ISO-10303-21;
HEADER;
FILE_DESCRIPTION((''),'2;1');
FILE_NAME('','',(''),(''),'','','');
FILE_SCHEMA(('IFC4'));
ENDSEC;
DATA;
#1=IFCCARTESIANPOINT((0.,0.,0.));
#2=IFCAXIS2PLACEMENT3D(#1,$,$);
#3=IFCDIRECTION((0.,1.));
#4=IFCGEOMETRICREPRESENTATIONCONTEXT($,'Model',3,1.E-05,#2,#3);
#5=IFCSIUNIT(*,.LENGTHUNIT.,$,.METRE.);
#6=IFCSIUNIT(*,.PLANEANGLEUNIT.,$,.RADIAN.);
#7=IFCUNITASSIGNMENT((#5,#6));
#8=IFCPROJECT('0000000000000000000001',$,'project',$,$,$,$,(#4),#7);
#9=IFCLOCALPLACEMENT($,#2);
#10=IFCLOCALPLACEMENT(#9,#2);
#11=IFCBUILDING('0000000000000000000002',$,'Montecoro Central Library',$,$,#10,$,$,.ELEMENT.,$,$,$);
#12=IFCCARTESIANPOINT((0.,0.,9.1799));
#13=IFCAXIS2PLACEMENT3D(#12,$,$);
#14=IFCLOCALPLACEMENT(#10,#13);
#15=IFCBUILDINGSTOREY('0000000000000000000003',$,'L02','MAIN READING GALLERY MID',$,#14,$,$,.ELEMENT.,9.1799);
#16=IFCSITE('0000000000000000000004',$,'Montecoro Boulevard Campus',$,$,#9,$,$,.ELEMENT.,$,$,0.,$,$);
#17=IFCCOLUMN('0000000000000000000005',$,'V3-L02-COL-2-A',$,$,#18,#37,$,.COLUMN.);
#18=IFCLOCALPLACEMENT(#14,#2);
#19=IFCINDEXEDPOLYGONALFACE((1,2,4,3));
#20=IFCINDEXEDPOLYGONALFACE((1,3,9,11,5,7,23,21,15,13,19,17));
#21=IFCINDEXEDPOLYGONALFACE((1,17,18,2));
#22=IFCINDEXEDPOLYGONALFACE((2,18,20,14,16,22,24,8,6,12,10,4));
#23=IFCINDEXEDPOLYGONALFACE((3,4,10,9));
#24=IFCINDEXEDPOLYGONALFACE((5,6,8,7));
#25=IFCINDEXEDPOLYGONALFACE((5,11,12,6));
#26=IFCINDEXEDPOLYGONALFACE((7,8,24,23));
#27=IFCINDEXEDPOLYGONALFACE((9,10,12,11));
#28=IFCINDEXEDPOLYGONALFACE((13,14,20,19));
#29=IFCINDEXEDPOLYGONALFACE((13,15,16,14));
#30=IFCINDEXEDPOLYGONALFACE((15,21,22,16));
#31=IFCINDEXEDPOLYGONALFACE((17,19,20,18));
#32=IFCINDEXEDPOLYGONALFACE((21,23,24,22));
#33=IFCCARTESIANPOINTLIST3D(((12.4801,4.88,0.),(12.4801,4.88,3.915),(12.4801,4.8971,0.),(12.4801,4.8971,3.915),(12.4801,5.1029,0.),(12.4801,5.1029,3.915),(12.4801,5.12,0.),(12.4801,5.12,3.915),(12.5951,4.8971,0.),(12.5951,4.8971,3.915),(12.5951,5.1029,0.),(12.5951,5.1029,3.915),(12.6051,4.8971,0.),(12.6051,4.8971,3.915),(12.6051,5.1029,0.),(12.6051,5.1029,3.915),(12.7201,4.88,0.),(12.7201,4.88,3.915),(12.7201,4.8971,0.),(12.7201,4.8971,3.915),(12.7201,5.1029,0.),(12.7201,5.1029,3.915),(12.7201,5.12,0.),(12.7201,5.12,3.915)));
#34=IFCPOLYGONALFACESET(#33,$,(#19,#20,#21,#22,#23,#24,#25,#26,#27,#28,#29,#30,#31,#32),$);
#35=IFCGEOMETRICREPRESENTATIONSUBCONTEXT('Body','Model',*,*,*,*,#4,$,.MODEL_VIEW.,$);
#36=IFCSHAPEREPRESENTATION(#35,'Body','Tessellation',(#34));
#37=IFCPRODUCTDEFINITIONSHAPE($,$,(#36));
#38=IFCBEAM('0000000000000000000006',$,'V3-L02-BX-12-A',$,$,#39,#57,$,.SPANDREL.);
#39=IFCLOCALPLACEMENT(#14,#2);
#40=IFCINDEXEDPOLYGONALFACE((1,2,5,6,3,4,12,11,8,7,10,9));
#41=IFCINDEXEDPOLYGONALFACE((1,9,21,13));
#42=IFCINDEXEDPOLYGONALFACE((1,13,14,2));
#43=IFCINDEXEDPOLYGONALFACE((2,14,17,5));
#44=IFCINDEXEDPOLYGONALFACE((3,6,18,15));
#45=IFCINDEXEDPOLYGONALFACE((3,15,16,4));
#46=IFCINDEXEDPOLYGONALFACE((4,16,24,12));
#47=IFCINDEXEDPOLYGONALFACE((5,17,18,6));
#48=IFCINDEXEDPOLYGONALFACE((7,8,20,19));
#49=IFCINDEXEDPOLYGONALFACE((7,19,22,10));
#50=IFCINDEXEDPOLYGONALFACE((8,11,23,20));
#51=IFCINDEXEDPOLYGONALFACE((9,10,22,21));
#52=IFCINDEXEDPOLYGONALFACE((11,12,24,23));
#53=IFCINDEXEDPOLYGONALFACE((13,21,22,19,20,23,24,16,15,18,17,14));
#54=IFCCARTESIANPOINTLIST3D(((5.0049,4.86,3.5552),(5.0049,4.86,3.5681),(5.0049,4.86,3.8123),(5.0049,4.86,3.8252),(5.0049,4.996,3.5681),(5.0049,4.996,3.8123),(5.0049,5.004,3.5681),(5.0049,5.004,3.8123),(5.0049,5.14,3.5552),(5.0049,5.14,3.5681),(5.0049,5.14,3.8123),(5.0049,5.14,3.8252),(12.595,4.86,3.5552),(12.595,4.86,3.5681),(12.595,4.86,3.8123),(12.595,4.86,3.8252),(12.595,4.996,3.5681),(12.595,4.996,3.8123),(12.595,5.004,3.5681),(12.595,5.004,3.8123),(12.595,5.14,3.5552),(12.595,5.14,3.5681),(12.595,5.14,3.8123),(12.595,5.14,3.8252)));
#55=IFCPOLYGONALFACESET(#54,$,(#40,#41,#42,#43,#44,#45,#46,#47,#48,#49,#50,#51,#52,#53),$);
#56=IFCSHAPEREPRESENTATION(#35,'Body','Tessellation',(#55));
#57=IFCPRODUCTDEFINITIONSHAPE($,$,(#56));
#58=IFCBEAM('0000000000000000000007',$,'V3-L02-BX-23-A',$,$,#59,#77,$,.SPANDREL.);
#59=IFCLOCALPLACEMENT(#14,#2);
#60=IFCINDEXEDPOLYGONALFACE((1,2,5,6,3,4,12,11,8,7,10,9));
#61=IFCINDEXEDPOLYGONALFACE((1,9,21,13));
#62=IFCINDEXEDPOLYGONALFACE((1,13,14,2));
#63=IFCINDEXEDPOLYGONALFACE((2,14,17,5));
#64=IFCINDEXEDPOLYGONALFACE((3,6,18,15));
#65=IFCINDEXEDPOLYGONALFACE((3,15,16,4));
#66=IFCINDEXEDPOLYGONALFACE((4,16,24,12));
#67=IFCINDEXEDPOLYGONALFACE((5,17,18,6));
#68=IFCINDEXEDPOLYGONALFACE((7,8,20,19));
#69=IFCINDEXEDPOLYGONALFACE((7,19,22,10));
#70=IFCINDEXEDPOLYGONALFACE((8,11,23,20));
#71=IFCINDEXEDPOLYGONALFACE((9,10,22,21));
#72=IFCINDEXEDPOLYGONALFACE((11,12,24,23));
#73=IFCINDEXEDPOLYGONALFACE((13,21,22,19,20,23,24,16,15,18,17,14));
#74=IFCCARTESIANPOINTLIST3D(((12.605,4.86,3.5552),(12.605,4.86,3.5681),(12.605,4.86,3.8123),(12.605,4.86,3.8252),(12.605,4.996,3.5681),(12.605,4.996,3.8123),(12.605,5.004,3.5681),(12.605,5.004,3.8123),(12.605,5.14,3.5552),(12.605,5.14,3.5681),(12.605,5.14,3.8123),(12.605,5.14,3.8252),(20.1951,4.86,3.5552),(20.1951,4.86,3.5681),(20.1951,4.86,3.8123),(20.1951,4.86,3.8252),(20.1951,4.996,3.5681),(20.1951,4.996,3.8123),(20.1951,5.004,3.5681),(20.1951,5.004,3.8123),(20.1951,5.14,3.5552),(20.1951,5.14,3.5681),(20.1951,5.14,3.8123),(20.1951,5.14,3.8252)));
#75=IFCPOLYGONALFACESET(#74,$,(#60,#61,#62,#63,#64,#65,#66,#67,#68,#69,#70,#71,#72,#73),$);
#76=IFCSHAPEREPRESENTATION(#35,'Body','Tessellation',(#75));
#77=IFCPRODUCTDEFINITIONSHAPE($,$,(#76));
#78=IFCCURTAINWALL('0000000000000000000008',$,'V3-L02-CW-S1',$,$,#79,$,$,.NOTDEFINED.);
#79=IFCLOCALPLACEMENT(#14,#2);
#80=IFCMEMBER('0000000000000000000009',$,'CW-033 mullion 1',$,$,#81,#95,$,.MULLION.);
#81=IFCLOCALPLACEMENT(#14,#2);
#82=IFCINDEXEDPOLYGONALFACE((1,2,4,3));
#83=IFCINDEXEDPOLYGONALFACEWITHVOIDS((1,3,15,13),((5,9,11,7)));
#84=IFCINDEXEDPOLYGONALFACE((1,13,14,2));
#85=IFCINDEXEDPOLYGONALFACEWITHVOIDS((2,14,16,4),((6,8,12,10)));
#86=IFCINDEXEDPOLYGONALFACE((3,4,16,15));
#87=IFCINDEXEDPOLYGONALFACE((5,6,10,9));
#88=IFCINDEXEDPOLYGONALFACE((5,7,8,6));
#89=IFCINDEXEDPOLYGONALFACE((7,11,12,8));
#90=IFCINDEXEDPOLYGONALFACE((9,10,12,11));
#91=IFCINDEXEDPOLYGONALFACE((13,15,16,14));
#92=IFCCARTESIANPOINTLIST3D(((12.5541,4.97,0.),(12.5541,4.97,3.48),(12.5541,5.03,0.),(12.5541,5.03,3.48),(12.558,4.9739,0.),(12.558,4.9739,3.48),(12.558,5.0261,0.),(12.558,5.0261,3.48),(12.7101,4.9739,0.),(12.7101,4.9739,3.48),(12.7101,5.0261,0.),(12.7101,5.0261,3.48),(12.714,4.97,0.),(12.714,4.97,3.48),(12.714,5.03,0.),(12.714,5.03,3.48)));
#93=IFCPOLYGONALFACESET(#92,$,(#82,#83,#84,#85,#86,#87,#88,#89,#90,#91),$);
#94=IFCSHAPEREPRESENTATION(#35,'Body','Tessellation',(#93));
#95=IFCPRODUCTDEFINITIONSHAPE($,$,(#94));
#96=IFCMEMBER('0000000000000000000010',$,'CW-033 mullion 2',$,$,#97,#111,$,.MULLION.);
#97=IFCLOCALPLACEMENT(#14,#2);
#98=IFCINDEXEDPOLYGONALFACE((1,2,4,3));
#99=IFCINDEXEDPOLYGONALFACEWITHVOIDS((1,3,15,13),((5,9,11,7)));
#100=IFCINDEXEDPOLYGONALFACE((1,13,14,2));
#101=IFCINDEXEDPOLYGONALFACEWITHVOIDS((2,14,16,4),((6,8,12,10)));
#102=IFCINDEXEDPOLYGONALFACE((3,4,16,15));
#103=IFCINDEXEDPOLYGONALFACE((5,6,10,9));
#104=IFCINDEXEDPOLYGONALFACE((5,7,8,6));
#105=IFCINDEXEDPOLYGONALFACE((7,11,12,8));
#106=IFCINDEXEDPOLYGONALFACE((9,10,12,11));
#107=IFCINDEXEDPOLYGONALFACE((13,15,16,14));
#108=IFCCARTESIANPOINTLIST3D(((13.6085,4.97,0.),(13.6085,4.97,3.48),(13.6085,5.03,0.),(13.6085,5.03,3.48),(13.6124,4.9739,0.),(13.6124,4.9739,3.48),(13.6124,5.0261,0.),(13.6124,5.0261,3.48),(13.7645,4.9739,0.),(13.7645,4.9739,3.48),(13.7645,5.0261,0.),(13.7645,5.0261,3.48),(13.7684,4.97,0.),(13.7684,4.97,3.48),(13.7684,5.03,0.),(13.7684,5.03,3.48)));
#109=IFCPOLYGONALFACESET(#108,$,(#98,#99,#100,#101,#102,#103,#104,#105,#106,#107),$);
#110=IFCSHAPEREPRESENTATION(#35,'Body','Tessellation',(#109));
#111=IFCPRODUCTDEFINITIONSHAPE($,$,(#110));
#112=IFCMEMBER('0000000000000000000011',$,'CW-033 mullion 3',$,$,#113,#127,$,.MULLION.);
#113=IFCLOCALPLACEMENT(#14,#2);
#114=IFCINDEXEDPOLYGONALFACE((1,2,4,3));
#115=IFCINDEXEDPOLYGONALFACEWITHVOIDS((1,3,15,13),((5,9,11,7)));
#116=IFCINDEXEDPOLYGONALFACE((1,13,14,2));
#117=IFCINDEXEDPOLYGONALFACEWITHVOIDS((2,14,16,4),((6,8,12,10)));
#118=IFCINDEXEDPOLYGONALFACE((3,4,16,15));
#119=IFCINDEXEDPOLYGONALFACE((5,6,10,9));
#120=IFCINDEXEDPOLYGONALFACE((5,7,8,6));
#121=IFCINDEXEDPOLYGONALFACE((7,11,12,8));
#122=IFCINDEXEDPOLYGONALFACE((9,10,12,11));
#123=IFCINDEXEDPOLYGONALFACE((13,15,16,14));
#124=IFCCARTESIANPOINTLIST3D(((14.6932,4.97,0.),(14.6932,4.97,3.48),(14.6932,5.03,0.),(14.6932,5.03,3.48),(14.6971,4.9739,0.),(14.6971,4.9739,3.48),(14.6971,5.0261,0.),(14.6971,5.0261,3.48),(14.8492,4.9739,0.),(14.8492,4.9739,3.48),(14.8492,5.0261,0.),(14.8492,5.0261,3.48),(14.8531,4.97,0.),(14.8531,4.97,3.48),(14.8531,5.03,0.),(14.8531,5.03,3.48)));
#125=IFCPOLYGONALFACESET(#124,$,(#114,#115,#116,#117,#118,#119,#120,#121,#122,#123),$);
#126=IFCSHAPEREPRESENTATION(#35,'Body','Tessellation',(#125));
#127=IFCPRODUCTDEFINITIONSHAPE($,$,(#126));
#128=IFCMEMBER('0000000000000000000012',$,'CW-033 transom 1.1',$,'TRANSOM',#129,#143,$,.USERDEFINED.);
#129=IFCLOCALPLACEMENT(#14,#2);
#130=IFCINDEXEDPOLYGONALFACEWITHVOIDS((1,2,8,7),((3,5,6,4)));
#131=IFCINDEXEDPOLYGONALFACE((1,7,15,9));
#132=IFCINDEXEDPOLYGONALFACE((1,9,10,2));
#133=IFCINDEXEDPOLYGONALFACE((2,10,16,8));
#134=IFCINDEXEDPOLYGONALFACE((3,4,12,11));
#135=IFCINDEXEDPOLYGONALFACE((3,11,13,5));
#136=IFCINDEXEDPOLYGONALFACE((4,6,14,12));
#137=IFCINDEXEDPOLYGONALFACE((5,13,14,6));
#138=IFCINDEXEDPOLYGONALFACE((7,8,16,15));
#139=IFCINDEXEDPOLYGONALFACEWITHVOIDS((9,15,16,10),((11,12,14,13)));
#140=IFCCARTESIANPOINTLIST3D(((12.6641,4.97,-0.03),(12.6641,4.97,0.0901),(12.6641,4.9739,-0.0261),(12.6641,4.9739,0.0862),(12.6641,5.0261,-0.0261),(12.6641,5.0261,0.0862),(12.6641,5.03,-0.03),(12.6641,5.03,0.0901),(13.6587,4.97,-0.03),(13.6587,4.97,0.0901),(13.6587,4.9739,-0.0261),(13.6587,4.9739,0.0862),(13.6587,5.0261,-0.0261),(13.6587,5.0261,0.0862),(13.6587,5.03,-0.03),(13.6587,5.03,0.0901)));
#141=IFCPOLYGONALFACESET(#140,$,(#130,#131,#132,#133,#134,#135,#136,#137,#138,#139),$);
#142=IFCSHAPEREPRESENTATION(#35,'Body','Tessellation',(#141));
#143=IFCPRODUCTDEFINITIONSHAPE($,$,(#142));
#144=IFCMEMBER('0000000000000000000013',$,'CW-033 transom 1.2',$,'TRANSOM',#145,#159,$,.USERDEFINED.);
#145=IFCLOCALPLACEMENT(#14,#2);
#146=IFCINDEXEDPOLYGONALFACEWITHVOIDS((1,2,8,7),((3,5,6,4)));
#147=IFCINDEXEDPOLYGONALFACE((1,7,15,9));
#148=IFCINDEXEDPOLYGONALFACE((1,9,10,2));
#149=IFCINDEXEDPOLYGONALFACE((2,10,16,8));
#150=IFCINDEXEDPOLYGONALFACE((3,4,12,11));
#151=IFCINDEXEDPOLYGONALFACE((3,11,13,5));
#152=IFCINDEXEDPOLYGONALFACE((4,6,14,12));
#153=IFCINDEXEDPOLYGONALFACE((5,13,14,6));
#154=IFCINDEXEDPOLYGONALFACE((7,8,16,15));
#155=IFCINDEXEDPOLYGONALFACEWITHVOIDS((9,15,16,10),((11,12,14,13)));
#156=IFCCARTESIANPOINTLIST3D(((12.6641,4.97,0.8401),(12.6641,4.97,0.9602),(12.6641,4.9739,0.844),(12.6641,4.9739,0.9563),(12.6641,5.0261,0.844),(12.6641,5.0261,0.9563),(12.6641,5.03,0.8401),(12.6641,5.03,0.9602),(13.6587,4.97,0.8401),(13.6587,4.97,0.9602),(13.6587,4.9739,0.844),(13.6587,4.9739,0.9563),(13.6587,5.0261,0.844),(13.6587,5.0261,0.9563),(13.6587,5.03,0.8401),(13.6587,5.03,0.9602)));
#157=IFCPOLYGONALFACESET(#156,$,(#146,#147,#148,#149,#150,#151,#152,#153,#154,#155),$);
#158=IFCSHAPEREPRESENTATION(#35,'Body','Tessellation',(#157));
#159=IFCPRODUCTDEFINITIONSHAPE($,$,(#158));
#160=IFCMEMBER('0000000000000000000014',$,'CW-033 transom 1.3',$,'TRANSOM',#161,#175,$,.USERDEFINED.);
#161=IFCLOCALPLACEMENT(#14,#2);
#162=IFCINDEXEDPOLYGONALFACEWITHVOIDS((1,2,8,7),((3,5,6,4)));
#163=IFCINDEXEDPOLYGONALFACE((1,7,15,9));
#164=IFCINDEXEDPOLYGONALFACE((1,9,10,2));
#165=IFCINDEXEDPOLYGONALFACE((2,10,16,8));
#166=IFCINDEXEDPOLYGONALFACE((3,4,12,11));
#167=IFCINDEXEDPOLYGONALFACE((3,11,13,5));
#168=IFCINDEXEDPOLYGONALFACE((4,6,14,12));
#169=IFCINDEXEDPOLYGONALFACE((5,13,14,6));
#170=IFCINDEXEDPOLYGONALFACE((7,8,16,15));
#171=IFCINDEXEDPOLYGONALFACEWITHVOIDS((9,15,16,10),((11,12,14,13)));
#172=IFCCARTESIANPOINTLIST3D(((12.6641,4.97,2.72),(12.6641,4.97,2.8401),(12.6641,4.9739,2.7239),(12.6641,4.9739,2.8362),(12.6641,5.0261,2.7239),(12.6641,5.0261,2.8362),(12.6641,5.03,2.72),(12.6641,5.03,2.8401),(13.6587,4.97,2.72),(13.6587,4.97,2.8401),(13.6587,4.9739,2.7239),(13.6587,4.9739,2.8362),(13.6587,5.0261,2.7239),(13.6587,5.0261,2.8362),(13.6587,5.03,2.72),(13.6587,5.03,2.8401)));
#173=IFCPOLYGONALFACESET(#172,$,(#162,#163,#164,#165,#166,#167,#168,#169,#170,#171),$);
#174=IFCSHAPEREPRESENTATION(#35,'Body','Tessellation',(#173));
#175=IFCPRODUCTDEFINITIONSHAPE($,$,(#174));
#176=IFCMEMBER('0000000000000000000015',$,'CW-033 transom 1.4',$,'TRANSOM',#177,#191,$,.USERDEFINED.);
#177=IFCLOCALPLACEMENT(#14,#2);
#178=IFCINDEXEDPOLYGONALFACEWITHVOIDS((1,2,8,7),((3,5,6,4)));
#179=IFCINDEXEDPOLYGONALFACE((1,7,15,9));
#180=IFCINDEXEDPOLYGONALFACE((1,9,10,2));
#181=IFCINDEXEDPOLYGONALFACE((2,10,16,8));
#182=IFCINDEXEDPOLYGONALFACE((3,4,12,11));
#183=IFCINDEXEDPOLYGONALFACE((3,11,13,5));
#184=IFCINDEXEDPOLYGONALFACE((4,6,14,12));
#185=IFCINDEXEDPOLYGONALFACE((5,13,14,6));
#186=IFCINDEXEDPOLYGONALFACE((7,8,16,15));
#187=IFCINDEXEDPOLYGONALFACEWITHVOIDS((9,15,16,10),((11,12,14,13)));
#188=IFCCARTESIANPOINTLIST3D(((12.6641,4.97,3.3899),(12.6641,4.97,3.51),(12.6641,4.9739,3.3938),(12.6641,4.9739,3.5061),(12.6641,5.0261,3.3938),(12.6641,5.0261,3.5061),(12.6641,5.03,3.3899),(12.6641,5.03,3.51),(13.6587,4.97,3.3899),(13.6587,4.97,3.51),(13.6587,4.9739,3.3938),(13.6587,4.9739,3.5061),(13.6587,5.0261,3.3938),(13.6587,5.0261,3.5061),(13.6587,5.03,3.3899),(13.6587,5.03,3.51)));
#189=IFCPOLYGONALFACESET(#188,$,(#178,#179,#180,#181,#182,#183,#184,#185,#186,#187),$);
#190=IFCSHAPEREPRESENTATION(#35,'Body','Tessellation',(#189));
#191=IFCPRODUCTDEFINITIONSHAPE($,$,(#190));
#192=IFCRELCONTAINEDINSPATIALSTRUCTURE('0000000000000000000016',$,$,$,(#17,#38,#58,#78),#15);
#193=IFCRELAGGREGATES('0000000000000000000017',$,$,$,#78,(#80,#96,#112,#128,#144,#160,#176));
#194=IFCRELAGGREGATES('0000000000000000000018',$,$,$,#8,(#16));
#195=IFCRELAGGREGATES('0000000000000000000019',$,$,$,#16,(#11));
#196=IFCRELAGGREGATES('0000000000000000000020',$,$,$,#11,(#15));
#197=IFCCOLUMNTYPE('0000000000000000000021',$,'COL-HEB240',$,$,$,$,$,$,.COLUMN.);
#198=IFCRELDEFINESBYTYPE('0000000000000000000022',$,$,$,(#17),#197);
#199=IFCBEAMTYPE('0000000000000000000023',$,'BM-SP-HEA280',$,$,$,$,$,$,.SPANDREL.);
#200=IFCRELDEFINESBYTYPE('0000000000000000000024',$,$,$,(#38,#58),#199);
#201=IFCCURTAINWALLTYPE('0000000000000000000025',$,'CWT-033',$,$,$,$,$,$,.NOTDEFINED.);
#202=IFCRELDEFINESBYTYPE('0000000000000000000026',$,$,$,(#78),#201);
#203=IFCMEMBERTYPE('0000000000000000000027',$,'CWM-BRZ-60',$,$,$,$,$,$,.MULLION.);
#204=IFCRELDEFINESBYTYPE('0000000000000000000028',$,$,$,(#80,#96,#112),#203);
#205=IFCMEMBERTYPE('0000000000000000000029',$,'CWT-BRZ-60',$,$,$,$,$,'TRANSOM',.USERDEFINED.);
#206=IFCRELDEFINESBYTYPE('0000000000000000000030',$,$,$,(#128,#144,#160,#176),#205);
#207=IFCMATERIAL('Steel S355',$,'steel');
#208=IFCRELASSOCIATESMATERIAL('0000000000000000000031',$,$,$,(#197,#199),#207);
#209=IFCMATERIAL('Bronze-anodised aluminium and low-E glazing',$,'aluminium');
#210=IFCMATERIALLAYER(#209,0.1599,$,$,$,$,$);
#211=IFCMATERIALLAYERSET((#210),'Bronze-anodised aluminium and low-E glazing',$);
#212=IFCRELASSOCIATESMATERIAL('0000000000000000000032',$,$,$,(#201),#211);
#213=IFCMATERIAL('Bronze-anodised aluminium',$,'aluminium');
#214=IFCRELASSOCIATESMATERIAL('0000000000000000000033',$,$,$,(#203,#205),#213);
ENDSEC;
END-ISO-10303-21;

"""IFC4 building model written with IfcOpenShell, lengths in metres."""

from ifc_helpers import new_model, si_unit, direction, frame, origin, origin_2d, place, context, subcontext, project, spatial, hollow_rectangle, i_section, extrude, material, layer, layer_set, material_profile, profile_set, type_object, element, aggregate, save


model = new_model("IFC4")

# Units and contexts
model_context = context("Model", 3, precision=1e-05, world=origin(), true_north=direction((0.0, 1.0)))
body_context = subcontext(model_context, "Body", "Model", "MODEL_VIEW")
ifc_project = project(units=[si_unit("LENGTHUNIT", "METRE"), si_unit("PLANEANGLEUNIT", "RADIAN")], contexts=[model_context])

# Site, building, storey
site_placement = place(None, origin())
site = spatial("IfcSite", under=ifc_project, at=site_placement, Name="Montecoro Boulevard Campus", CompositionType="ELEMENT", RefElevation=0.0)
building_placement = place(site_placement, origin())
building = spatial("IfcBuilding", under=site, at=building_placement, Name="Montecoro Central Library", CompositionType="ELEMENT")
storey_placement = place(building_placement, frame((0.0, 0.0, 9.1799)))
storey = spatial("IfcBuildingStorey", under=building, at=storey_placement, Name="L02", Description="MAIN READING GALLERY MID", CompositionType="ELEMENT", Elevation=9.1799)

# Column
ifc_material_1 = material(Name="Steel S355", Category="steel")
ifc_material_profile_1 = material_profile(ifc_material_1, i_section(OverallWidth=0.24, OverallDepth=0.24, WebThickness=0.01, FlangeThickness=0.0171, at=origin_2d()), Name="HEB 240")
ifc_profile_set_1 = profile_set([ifc_material_profile_1], Name="Steel S355")
column_type = type_object("IfcColumnType", Name="COL-HEB240", PredefinedType="COLUMN", material=ifc_profile_set_1)
column_placement = place(storey_placement, frame((12.6001, 5.0, 0.0), z_axis=(0.0, 0.0, 1.0), x_axis=(1.0, 0.0, 0.0)))
element("IfcColumn", 1, at=column_placement, inside=storey, type_object=column_type, Name="V3-L02-COL-2-A", PredefinedType="COLUMN", context=body_context, shape_type="SweptSolid", body=[
    extrude(i_section(OverallWidth=0.24, OverallDepth=0.24, WebThickness=0.01, FlangeThickness=0.0171, at=origin_2d()), origin(), (0.0, 0.0, 1.0), 3.915),
])

# Beams
ifc_material_profile_2 = material_profile(ifc_material_1, i_section(OverallWidth=0.28, OverallDepth=0.27, WebThickness=0.0081, FlangeThickness=0.0129, at=origin_2d()), Name="HEA 280")
ifc_profile_set_2 = profile_set([ifc_material_profile_2], Name="Steel S355")
beam_type = type_object("IfcBeamType", Name="BM-SP-HEA280", PredefinedType="SPANDREL", material=ifc_profile_set_2)
for number, where, z_axis, x_axis, name in (
    (2, (5.0049, 5.0, 3.6902), (1.0, 0.0, 0.0), (0.0, 1.0, 0.0), "V3-L02-BX-12-A"),
    (3, (12.605, 5.0, 3.6902), (1.0, 0.0, 0.0), (0.0, 1.0, 0.0), "V3-L02-BX-23-A"),
):
    element("IfcBeam", number, at=place(storey_placement, frame(where, z_axis=z_axis, x_axis=x_axis)), inside=storey, type_object=beam_type, Name=name, PredefinedType="SPANDREL", context=body_context, shape_type="SweptSolid", body=[
        extrude(i_section(OverallWidth=0.28, OverallDepth=0.27, WebThickness=0.0081, FlangeThickness=0.0129, at=origin_2d()), origin(), (0.0, 0.0, 1.0), 7.5901),
    ])

# Curtain wall, members
ifc_material_2 = material(Name="Bronze-anodised aluminium and low-E glazing", Category="aluminium")
ifc_layer_1 = layer(ifc_material_2, 0.1599)
ifc_layer_set_1 = layer_set([ifc_layer_1], Name="Bronze-anodised aluminium and low-E glazing")
curtain_wall_type = type_object("IfcCurtainWallType", Name="CWT-033", PredefinedType="NOTDEFINED", material=ifc_layer_set_1)
curtain_wall_placement = place(storey_placement, origin())
curtain_wall = element("IfcCurtainWall", 4, at=curtain_wall_placement, inside=storey, type_object=curtain_wall_type, Name="V3-L02-CW-S1", PredefinedType="NOTDEFINED")
ifc_material_3 = material(Name="Bronze-anodised aluminium", Category="aluminium")
ifc_material_profile_3 = material_profile(ifc_material_3, hollow_rectangle(XDim=0.0601, YDim=0.1599, WallThickness=0.0039, at=origin_2d()), Name="CWM 160x60x4.0")
ifc_profile_set_3 = profile_set([ifc_material_profile_3], Name="Bronze-anodised aluminium")
member_type_1 = type_object("IfcMemberType", Name="CWM-BRZ-60", PredefinedType="MULLION", material=ifc_profile_set_3)
member_1_placement = place(storey_placement, frame((12.634, 5.0, 0.0), z_axis=(0.0, 0.0, 1.0), x_axis=(0.0, 1.0, 0.0)))
member_1 = element("IfcMember", 5, at=member_1_placement, type_object=member_type_1, Name="CW-033 mullion 1", PredefinedType="MULLION", context=body_context, shape_type="SweptSolid", body=[
    extrude(hollow_rectangle(XDim=0.0601, YDim=0.1599, WallThickness=0.0039, at=origin_2d()), origin(), (0.0, 0.0, 1.0), 3.48),
])
member_2_placement = place(storey_placement, frame((13.6885, 5.0, 0.0), z_axis=(0.0, 0.0, 1.0), x_axis=(0.0, 1.0, 0.0)))
member_2 = element("IfcMember", 6, at=member_2_placement, type_object=member_type_1, Name="CW-033 mullion 2", PredefinedType="MULLION", context=body_context, shape_type="SweptSolid", body=[
    extrude(hollow_rectangle(XDim=0.0601, YDim=0.1599, WallThickness=0.0039, at=origin_2d()), origin(), (0.0, 0.0, 1.0), 3.48),
])
member_3_placement = place(storey_placement, frame((14.7732, 5.0, 0.0), z_axis=(0.0, 0.0, 1.0), x_axis=(0.0, 1.0, 0.0)))
member_3 = element("IfcMember", 7, at=member_3_placement, type_object=member_type_1, Name="CW-033 mullion 3", PredefinedType="MULLION", context=body_context, shape_type="SweptSolid", body=[
    extrude(hollow_rectangle(XDim=0.0601, YDim=0.1599, WallThickness=0.0039, at=origin_2d()), origin(), (0.0, 0.0, 1.0), 3.48),
])
ifc_material_profile_4 = material_profile(ifc_material_3, hollow_rectangle(XDim=0.0601, YDim=0.1201, WallThickness=0.0039, at=origin_2d()), Name="CWT 120x60x4.0")
ifc_profile_set_4 = profile_set([ifc_material_profile_4], Name="Bronze-anodised aluminium")
member_type_2 = type_object("IfcMemberType", Name="CWT-BRZ-60", ElementType="TRANSOM", PredefinedType="USERDEFINED", material=ifc_profile_set_4)
member_4_placement = place(storey_placement, frame((12.6641, 5.0, 0.03), z_axis=(1.0, 0.0, 0.0), x_axis=(0.0, 1.0, 0.0)))
member_4 = element("IfcMember", 8, at=member_4_placement, type_object=member_type_2, Name="CW-033 transom 1.1", ObjectType="TRANSOM", PredefinedType="USERDEFINED", context=body_context, shape_type="SweptSolid", body=[
    extrude(hollow_rectangle(XDim=0.0601, YDim=0.1201, WallThickness=0.0039, at=origin_2d()), origin(), (0.0, 0.0, 1.0), 0.9946),
])
member_5_placement = place(storey_placement, frame((12.6641, 5.0, 0.9001), z_axis=(1.0, 0.0, 0.0), x_axis=(0.0, 1.0, 0.0)))
member_5 = element("IfcMember", 9, at=member_5_placement, type_object=member_type_2, Name="CW-033 transom 1.2", ObjectType="TRANSOM", PredefinedType="USERDEFINED", context=body_context, shape_type="SweptSolid", body=[
    extrude(hollow_rectangle(XDim=0.0601, YDim=0.1201, WallThickness=0.0039, at=origin_2d()), origin(), (0.0, 0.0, 1.0), 0.9946),
])
member_6_placement = place(storey_placement, frame((12.6641, 5.0, 2.78), z_axis=(1.0, 0.0, 0.0), x_axis=(0.0, 1.0, 0.0)))
member_6 = element("IfcMember", 10, at=member_6_placement, type_object=member_type_2, Name="CW-033 transom 1.3", ObjectType="TRANSOM", PredefinedType="USERDEFINED", context=body_context, shape_type="SweptSolid", body=[
    extrude(hollow_rectangle(XDim=0.0601, YDim=0.1201, WallThickness=0.0039, at=origin_2d()), origin(), (0.0, 0.0, 1.0), 0.9946),
])
member_7_placement = place(storey_placement, frame((12.6641, 5.0, 3.45), z_axis=(1.0, 0.0, 0.0), x_axis=(0.0, 1.0, 0.0)))
member_7 = element("IfcMember", 11, at=member_7_placement, type_object=member_type_2, Name="CW-033 transom 1.4", ObjectType="TRANSOM", PredefinedType="USERDEFINED", context=body_context, shape_type="SweptSolid", body=[
    extrude(hollow_rectangle(XDim=0.0601, YDim=0.1201, WallThickness=0.0039, at=origin_2d()), origin(), (0.0, 0.0, 1.0), 0.9946),
])
aggregate(curtain_wall, [member_1, member_2, member_3, member_4, member_5, member_6, member_7])

save(model, "model.ifc")
